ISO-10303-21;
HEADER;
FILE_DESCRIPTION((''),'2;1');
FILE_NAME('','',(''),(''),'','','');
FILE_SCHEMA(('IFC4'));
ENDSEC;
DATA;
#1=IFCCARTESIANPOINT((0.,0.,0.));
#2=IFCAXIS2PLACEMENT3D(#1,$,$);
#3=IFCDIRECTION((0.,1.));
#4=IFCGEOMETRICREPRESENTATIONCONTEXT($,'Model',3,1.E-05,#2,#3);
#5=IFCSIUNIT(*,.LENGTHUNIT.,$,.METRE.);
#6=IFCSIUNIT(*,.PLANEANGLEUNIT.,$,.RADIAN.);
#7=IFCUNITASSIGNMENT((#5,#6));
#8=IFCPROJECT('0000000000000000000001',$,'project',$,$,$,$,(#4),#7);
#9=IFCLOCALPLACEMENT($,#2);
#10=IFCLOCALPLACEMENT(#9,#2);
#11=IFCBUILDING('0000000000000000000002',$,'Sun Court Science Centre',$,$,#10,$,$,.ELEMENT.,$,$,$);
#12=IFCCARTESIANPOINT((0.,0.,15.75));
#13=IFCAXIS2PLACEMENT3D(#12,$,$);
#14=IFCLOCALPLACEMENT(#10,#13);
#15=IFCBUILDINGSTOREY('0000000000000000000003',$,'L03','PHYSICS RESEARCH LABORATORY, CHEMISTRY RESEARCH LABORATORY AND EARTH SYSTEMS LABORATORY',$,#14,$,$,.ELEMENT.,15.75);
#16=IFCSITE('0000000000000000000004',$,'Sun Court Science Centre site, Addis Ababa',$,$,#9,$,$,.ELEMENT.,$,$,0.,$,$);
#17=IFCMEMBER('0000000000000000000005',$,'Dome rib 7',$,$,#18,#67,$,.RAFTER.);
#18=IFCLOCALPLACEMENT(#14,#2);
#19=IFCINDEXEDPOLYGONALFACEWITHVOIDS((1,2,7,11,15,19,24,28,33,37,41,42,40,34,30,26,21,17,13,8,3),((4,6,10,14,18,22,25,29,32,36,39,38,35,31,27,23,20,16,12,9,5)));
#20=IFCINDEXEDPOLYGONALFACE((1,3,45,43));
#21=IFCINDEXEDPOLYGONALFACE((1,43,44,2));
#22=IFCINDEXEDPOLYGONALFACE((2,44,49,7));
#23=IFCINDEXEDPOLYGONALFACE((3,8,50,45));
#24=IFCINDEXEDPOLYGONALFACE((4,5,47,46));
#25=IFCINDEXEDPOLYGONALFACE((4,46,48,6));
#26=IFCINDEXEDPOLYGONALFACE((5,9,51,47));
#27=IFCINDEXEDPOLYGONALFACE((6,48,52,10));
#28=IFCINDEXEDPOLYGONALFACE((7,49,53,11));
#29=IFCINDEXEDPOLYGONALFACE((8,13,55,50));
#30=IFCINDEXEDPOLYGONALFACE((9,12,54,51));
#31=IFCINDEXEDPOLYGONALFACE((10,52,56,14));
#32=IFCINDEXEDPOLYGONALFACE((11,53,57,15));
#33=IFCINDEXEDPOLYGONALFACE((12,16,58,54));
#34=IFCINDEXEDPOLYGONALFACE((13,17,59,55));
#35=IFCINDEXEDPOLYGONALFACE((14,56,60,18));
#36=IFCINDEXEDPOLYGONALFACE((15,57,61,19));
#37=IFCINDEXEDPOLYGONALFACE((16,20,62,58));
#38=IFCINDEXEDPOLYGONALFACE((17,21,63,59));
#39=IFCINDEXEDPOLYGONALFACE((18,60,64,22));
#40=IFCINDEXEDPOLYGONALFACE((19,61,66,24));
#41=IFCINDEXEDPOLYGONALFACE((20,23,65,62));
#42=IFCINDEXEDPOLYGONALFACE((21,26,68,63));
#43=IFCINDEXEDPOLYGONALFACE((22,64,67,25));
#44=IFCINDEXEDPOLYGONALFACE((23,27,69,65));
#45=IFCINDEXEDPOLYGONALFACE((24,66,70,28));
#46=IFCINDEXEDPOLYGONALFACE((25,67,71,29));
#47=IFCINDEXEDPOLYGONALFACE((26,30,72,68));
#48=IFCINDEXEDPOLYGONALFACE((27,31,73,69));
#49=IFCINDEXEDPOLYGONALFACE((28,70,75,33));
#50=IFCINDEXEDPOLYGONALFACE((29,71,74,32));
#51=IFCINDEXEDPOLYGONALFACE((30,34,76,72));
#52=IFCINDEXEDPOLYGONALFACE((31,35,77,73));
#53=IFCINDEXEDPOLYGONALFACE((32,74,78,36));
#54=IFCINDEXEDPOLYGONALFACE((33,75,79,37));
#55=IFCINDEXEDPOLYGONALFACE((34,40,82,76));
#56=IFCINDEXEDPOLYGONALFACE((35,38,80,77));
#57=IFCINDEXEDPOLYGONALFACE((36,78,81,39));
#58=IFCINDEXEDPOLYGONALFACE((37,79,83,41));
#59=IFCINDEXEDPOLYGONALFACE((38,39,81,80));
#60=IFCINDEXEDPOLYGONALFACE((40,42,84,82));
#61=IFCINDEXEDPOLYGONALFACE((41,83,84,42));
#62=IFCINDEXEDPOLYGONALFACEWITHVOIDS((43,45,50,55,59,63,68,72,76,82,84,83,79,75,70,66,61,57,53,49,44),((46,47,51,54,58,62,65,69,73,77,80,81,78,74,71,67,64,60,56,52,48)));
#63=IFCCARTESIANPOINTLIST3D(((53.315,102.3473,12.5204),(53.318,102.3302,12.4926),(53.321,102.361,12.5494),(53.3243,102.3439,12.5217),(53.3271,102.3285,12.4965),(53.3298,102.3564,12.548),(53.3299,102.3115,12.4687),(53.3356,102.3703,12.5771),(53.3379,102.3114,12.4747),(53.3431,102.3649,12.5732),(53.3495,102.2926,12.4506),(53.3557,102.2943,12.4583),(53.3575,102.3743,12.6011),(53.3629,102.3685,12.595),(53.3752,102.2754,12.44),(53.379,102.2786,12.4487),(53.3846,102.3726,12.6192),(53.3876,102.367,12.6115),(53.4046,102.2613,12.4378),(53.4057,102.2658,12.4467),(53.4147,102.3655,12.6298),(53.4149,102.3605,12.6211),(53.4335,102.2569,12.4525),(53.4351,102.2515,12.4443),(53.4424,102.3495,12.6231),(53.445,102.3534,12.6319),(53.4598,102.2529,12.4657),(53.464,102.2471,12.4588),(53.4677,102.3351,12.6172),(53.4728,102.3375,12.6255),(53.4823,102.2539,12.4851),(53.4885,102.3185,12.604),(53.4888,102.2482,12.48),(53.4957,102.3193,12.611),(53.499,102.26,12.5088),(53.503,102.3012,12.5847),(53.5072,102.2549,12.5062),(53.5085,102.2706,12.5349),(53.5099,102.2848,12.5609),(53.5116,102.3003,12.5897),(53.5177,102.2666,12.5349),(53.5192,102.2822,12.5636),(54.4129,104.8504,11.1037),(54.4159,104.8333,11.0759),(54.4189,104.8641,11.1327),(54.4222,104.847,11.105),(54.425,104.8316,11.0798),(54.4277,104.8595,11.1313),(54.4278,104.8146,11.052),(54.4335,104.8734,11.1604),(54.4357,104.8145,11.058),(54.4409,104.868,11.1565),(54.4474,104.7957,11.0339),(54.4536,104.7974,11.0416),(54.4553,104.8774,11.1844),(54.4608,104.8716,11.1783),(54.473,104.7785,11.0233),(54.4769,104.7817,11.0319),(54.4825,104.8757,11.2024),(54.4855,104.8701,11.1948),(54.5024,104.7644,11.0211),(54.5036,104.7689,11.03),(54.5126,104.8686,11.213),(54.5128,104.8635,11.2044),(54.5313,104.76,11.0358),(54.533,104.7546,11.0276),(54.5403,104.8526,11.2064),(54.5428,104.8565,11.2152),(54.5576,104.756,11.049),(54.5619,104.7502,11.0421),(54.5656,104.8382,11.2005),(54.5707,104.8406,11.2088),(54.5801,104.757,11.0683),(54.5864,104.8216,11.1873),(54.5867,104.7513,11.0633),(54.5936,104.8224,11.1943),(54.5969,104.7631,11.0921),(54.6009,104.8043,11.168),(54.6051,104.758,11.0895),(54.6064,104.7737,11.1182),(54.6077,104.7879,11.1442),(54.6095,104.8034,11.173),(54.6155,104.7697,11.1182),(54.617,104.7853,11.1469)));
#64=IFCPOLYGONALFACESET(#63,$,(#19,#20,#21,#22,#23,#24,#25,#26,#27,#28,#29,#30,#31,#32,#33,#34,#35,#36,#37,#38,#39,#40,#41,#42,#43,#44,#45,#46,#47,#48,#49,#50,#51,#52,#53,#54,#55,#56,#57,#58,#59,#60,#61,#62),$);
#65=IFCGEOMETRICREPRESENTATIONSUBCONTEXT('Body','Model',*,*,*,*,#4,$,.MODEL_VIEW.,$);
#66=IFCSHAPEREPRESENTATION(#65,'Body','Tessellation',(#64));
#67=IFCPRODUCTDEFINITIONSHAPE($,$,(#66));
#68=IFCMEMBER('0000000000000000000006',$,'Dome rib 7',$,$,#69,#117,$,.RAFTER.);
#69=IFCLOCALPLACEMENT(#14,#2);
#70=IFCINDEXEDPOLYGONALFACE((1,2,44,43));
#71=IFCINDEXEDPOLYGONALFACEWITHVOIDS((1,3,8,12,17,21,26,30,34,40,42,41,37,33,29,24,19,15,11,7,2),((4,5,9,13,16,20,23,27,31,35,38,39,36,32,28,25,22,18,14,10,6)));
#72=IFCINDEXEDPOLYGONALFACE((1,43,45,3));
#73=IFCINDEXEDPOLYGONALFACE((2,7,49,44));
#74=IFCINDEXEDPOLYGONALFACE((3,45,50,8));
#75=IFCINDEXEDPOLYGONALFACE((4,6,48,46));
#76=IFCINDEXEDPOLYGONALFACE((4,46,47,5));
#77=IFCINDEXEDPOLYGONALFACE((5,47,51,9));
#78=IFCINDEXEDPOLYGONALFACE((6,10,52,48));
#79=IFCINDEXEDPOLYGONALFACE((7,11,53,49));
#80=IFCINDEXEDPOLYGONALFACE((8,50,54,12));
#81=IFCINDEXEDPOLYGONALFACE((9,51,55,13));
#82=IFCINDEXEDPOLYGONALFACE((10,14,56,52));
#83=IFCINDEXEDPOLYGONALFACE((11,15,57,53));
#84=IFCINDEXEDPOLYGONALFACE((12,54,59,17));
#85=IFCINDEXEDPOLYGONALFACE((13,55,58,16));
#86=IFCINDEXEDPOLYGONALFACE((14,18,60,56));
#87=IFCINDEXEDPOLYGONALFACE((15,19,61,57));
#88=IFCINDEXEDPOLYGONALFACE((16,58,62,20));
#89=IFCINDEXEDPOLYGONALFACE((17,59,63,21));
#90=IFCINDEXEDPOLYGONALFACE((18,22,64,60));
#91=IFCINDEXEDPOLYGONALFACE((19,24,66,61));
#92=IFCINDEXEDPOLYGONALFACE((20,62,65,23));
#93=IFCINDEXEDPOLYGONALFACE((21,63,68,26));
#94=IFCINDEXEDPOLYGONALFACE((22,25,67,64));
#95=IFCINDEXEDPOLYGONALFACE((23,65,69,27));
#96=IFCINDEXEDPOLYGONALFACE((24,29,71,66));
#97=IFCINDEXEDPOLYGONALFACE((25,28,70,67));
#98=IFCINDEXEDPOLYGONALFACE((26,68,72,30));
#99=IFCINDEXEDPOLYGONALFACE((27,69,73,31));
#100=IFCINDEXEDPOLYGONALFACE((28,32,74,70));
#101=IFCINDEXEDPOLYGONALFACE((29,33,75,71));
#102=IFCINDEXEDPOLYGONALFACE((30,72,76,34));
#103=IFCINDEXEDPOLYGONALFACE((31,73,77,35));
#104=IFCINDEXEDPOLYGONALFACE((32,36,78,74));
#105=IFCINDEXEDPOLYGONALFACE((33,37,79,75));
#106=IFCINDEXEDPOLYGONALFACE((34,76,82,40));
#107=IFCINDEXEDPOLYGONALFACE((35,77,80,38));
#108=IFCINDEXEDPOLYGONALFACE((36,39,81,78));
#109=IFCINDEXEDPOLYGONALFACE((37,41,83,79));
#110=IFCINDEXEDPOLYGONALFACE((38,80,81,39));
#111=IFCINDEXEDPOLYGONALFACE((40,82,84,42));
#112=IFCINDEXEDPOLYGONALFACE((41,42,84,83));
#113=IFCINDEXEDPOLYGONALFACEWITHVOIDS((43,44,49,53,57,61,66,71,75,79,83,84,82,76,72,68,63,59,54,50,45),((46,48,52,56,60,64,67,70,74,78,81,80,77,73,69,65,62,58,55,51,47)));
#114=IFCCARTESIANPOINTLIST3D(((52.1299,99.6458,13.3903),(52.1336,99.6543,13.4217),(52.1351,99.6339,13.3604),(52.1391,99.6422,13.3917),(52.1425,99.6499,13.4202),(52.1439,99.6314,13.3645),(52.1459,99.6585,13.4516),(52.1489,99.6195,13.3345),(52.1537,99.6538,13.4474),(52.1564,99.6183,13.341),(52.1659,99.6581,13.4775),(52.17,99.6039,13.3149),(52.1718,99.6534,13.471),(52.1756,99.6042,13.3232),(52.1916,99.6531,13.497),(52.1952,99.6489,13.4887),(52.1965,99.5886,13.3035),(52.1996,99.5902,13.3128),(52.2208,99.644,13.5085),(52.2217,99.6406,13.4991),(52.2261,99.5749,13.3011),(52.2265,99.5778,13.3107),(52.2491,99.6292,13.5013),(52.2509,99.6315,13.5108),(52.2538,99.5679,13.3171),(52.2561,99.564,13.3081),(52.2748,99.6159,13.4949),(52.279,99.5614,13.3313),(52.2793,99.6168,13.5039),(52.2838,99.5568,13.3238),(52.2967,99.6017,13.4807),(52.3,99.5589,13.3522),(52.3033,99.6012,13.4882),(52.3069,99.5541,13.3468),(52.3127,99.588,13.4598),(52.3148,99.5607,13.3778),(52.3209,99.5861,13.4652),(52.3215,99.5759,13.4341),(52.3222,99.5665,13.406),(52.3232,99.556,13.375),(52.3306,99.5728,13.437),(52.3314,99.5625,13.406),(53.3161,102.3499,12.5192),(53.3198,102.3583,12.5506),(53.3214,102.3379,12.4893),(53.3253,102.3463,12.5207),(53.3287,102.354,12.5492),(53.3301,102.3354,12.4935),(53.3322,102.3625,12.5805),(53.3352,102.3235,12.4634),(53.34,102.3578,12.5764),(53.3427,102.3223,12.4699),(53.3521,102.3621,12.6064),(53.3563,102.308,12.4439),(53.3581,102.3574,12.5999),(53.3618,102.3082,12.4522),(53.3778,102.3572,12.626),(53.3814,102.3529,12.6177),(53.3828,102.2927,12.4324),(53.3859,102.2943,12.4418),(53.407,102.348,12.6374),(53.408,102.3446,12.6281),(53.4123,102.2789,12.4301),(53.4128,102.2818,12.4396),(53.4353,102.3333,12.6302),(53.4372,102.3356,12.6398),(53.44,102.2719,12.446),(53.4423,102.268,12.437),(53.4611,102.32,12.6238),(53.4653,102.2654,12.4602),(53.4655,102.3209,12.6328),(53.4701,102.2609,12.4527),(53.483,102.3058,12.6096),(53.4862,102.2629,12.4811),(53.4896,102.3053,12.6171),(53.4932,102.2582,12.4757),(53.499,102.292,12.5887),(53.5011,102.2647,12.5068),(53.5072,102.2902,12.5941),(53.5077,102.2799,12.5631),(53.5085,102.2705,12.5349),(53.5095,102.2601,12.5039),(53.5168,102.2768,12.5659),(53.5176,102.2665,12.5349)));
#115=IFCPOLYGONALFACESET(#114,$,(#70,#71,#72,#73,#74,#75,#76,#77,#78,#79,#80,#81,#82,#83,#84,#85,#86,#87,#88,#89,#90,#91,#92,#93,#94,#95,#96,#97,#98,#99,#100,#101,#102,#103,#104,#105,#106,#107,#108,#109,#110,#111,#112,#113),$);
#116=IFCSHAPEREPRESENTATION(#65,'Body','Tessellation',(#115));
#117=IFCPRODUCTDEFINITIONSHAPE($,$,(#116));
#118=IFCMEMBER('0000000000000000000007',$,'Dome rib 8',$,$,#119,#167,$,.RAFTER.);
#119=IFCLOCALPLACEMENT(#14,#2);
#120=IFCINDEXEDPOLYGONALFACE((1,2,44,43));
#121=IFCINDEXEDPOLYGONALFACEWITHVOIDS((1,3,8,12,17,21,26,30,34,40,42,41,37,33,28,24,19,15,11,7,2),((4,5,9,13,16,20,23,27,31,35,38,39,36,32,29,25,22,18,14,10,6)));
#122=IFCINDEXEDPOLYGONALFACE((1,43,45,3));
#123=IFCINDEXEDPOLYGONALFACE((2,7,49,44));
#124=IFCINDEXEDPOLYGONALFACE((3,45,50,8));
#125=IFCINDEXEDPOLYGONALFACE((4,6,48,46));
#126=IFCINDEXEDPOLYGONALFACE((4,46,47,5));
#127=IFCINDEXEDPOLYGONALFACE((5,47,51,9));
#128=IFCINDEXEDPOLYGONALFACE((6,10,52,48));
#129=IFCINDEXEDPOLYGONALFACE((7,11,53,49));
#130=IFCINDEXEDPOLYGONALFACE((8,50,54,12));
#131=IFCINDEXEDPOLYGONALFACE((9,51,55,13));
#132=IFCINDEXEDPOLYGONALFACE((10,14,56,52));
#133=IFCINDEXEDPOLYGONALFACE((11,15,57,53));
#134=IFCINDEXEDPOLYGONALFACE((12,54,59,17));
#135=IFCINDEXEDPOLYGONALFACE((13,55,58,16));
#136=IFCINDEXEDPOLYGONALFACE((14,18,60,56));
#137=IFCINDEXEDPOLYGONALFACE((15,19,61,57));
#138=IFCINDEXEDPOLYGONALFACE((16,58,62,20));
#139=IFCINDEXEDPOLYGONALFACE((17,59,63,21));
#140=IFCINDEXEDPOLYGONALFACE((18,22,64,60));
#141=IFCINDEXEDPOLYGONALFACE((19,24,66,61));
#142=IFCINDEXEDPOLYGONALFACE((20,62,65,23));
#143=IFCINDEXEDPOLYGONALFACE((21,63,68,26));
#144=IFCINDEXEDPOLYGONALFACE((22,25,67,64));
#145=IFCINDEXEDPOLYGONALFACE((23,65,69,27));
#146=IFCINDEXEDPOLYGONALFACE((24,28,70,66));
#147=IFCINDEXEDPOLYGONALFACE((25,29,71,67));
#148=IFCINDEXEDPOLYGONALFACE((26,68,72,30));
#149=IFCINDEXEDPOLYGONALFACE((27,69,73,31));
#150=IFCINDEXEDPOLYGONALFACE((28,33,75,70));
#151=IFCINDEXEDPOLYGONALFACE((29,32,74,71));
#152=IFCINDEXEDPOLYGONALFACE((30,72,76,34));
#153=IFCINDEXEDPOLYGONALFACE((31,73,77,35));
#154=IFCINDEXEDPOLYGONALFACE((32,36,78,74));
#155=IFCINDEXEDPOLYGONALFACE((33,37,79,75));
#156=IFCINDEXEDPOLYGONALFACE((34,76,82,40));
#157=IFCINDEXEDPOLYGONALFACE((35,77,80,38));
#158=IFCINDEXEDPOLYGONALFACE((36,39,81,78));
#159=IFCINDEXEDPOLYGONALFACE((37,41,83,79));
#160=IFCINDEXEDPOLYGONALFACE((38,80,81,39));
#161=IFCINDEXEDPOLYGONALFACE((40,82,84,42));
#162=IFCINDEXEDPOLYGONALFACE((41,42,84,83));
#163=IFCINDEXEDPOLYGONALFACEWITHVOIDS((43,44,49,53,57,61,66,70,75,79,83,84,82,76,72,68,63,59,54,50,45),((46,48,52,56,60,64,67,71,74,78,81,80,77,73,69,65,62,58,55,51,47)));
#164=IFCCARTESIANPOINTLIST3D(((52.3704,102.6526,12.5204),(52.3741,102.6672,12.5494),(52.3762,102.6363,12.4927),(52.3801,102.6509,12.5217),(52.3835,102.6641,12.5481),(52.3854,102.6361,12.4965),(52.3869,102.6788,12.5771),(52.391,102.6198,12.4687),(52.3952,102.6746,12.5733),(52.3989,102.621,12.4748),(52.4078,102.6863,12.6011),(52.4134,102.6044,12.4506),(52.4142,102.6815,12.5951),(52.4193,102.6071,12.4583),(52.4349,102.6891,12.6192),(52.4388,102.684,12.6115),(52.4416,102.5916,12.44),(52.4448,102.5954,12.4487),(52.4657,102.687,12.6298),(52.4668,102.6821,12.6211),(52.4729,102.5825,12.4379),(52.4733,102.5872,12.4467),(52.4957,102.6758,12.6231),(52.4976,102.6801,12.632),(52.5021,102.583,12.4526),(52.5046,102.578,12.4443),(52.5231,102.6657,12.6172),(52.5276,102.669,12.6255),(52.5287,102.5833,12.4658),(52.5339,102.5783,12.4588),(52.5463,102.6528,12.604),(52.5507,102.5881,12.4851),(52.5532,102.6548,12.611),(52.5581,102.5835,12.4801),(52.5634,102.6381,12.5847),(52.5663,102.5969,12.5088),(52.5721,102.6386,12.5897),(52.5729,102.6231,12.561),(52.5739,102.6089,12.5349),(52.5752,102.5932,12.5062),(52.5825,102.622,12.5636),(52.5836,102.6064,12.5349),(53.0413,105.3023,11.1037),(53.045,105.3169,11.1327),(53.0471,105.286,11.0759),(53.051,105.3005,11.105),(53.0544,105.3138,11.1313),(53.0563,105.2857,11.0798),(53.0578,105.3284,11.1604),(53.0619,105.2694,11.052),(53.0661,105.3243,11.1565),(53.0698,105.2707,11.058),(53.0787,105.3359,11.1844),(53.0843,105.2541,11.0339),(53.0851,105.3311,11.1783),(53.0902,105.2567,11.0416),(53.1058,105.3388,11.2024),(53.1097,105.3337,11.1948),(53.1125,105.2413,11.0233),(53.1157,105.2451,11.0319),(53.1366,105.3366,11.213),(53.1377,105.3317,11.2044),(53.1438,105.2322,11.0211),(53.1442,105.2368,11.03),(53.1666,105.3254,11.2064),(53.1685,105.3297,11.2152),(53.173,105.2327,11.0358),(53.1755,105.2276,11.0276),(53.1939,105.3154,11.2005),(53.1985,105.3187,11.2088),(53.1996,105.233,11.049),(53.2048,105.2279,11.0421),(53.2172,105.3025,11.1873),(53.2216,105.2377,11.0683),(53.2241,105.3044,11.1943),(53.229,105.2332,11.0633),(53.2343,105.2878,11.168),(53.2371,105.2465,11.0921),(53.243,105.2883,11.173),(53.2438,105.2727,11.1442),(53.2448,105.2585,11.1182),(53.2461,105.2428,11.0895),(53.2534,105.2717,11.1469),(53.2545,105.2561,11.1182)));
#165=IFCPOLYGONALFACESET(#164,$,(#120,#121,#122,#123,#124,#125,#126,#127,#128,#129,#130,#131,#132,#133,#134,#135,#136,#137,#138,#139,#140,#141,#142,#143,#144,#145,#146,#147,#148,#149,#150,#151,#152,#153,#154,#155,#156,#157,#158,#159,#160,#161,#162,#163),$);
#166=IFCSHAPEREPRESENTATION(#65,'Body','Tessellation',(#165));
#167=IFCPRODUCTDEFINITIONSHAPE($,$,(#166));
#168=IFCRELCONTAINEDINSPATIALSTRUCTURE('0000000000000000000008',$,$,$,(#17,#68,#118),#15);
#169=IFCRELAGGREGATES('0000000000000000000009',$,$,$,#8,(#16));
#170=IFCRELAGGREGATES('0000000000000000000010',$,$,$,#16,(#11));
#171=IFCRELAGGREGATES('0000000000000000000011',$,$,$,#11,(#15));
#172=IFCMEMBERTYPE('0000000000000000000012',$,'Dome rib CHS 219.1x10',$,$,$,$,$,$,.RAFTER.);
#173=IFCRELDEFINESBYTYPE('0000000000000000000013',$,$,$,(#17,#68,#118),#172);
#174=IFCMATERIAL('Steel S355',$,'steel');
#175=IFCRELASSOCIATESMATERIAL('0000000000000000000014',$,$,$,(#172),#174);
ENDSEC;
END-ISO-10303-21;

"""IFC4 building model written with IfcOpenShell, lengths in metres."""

from ifc_helpers import new_model, si_unit, direction, frame, origin, origin_2d, place, context, subcontext, project, spatial, hollow_circle, extrude, material, material_profile, profile_set, type_object, element, save


model = new_model("IFC4")

# Units and contexts
model_context = context("Model", 3, precision=1e-05, world=origin(), true_north=direction((0.0, 1.0)))
body_context = subcontext(model_context, "Body", "Model", "MODEL_VIEW")
ifc_project = project(units=[si_unit("LENGTHUNIT", "METRE"), si_unit("PLANEANGLEUNIT", "RADIAN")], contexts=[model_context])

# Site, building, storey
site_placement = place(None, origin())
site = spatial("IfcSite", under=ifc_project, at=site_placement, Name="Sun Court Science Centre site, Addis Ababa", CompositionType="ELEMENT", RefElevation=0.0)
building_placement = place(site_placement, origin())
building = spatial("IfcBuilding", under=site, at=building_placement, Name="Sun Court Science Centre", CompositionType="ELEMENT")
storey_placement = place(building_placement, frame((0.0, 0.0, 15.75)))
storey = spatial("IfcBuildingStorey", under=building, at=storey_placement, Name="L03", Description="PHYSICS RESEARCH LABORATORY, CHEMISTRY RESEARCH LABORATORY AND EARTH SYSTEMS LABORATORY", CompositionType="ELEMENT", Elevation=15.75)

# Members
ifc_material_1 = material(Name="Steel S355", Category="steel")
ifc_material_profile_1 = material_profile(ifc_material_1, hollow_circle(Radius=0.1096, WallThickness=0.01, at=origin_2d()), Name="CHS 219.1x10")
ifc_profile_set_1 = profile_set([ifc_material_profile_1], Name="Steel S355")
member_type_1 = type_object("IfcMemberType", Name="Dome rib CHS 219.1x10", PredefinedType="RAFTER", material=ifc_profile_set_1)
for number, where, z_axis, x_axis, name in (
    (1, (54.5151, 104.8137, 11.1182), (-0.356611, -0.81306, 0.460176), (0.915786, -0.401667, 0.0), "Dome rib 7"),
    (2, (53.4172, 102.3105, 12.5349), (-0.385322, -0.878333, 0.282945), (0.915755, -0.401738, 0.0), "Dome rib 7"),
    (3, (53.1482, 105.283, 11.1182), (-0.217921, -0.860661, 0.460188), (0.969408, -0.245456, 0.0), "Dome rib 8"),
):
    element("IfcMember", number, at=place(storey_placement, frame(where, z_axis=z_axis, x_axis=x_axis)), inside=storey, type_object=member_type_1, Name=name, PredefinedType="RAFTER", context=body_context, shape_type="SweptSolid", body=[
        extrude(hollow_circle(Radius=0.1096, WallThickness=0.01, at=origin_2d()), origin(), (0.0, 0.0, 1.0), 3.0786),
    ])

save(model, "model.ifc")
